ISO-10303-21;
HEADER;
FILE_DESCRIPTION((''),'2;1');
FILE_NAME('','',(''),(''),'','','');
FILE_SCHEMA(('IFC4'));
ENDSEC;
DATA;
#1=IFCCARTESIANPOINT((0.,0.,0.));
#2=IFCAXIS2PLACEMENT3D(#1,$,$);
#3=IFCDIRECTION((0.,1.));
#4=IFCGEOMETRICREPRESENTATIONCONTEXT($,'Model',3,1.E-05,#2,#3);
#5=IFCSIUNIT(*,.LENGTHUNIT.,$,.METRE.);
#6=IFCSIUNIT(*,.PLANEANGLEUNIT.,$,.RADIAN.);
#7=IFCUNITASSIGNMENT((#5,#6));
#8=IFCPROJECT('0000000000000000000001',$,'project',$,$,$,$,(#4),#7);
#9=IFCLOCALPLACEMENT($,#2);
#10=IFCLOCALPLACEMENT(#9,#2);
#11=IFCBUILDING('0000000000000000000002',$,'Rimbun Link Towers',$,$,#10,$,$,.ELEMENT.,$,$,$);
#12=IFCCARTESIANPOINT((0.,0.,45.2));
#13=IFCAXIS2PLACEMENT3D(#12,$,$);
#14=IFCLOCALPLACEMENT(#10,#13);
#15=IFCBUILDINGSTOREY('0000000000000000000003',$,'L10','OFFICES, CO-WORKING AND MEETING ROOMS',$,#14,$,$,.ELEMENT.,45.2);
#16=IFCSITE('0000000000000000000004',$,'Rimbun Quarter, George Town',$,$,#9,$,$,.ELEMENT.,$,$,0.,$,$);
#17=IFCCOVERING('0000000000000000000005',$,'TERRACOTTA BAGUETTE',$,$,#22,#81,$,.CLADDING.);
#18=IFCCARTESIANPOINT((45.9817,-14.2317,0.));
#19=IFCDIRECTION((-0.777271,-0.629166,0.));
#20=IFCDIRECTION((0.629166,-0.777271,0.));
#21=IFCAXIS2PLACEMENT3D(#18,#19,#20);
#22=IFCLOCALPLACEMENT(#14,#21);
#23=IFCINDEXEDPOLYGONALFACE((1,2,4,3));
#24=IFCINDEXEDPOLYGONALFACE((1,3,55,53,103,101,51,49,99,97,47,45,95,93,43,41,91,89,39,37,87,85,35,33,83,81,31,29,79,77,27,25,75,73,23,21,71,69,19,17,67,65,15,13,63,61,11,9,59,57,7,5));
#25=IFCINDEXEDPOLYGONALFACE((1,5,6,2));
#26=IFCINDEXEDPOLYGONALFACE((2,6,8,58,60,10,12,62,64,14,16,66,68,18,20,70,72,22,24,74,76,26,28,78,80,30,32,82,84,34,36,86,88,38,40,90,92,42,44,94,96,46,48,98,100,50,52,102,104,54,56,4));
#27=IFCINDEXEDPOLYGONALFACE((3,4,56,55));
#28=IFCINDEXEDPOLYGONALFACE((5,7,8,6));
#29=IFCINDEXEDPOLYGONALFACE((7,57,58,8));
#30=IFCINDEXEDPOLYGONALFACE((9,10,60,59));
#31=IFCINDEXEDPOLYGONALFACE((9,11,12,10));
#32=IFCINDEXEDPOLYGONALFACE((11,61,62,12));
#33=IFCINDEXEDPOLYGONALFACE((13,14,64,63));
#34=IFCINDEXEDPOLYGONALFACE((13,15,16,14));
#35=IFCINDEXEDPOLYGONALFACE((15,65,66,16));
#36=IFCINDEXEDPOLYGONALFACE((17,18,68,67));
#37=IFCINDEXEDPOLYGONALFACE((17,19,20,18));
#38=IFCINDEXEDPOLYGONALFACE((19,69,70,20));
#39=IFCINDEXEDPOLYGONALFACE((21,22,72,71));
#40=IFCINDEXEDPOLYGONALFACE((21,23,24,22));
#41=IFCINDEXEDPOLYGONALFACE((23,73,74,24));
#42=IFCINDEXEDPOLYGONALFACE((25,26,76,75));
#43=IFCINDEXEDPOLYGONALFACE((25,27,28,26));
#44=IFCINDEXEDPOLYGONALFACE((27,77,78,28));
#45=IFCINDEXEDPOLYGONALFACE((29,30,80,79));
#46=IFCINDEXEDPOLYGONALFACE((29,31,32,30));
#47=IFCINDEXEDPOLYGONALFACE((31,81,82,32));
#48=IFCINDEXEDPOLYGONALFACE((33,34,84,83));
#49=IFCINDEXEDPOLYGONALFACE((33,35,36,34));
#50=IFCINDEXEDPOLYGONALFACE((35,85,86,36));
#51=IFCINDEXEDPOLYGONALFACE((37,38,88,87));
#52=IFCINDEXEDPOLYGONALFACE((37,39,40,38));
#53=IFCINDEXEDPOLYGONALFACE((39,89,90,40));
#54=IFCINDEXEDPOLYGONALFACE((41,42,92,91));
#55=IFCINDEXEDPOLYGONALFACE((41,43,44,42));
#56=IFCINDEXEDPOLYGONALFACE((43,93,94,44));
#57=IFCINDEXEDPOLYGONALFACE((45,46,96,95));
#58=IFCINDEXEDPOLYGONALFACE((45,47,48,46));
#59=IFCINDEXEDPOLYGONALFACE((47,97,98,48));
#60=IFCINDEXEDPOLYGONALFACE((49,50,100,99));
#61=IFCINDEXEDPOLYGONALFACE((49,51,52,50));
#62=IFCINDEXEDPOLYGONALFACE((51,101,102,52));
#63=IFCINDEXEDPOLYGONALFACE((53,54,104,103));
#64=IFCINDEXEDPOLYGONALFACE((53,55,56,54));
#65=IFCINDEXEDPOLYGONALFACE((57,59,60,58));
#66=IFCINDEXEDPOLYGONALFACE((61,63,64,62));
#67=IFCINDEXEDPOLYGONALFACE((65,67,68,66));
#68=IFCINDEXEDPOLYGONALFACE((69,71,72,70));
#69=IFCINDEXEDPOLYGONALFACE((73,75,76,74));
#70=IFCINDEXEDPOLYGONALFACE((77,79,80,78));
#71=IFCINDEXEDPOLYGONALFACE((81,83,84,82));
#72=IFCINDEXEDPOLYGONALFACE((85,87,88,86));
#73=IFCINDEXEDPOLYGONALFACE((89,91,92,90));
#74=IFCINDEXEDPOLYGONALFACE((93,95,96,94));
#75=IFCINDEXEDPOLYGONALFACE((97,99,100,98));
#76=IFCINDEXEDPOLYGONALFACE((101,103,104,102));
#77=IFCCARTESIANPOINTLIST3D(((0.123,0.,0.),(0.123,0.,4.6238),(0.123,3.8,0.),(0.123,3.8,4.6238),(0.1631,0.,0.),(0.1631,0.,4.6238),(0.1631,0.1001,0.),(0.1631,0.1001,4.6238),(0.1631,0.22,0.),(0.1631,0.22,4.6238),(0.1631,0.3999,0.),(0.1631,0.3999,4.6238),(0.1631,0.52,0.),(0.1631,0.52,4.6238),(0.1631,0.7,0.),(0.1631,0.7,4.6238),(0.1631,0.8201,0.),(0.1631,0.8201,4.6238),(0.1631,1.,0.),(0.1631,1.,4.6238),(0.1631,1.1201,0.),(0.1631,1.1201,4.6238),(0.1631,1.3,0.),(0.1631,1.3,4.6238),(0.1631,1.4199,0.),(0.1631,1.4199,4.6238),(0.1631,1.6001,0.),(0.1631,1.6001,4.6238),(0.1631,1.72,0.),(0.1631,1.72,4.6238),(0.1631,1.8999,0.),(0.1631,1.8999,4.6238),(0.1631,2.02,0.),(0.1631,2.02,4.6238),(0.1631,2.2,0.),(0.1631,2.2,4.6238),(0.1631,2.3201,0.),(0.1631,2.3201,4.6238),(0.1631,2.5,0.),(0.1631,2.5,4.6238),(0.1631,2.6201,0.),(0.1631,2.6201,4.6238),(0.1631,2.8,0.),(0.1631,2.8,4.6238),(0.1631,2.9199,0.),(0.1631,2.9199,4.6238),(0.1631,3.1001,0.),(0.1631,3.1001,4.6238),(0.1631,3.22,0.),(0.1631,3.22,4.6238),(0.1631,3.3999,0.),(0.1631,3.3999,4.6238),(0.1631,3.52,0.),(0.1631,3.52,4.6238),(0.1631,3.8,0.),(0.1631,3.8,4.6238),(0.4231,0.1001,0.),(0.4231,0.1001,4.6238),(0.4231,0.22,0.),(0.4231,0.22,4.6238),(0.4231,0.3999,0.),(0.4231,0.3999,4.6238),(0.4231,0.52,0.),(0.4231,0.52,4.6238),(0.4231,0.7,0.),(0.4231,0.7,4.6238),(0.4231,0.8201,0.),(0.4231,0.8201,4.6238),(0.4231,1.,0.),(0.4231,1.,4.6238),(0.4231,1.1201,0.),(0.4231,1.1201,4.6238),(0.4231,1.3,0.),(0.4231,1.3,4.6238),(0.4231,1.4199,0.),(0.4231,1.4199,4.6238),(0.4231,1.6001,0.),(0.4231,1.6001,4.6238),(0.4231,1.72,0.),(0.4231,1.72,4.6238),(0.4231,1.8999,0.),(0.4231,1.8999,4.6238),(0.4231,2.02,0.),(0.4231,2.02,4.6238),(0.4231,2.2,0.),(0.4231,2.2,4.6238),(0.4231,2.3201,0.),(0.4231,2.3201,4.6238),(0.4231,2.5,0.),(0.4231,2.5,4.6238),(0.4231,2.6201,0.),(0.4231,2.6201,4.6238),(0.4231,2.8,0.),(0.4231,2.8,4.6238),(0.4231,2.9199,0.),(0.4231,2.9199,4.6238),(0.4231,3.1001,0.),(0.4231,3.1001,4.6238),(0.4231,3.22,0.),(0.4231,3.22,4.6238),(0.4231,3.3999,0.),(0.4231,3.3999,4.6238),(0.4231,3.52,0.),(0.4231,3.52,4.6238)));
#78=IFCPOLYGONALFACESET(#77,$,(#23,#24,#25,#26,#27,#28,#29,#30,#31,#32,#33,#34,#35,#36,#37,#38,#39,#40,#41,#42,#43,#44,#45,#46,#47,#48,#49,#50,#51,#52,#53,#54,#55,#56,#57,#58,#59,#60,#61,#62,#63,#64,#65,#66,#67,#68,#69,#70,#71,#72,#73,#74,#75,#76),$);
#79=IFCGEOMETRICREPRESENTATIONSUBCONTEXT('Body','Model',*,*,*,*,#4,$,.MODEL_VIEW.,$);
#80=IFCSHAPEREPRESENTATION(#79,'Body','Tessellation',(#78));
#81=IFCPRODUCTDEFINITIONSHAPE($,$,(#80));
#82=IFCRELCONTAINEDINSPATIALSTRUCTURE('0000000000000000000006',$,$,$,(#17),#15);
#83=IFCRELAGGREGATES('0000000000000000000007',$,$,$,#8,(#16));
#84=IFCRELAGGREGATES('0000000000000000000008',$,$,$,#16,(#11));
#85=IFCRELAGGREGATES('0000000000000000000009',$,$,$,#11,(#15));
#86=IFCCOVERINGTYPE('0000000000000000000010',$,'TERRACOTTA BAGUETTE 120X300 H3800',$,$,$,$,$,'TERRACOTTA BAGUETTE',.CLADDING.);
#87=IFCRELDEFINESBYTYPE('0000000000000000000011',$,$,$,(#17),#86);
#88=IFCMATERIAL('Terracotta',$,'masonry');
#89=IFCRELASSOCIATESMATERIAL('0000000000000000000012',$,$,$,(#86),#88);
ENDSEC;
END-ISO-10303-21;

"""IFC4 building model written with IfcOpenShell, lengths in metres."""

from ifc_helpers import new_model, si_unit, direction, frame, origin, place, context, subcontext, project, spatial, polyline, outline, extrude, material, material_profile, profile_set, type_object, element, save


model = new_model("IFC4")

# Units and contexts
model_context = context("Model", 3, precision=1e-05, world=origin(), true_north=direction((0.0, 1.0)))
body_context = subcontext(model_context, "Body", "Model", "MODEL_VIEW")
ifc_project = project(units=[si_unit("LENGTHUNIT", "METRE"), si_unit("PLANEANGLEUNIT", "RADIAN")], contexts=[model_context])

# Site, building, storey
site_placement = place(None, origin())
site = spatial("IfcSite", under=ifc_project, at=site_placement, Name="Rimbun Quarter, George Town", CompositionType="ELEMENT", RefElevation=0.0)
building_placement = place(site_placement, origin())
building = spatial("IfcBuilding", under=site, at=building_placement, Name="Rimbun Link Towers", CompositionType="ELEMENT")
storey_placement = place(building_placement, frame((0.0, 0.0, 45.2)))
storey = spatial("IfcBuildingStorey", under=building, at=storey_placement, Name="L10", Description="OFFICES, CO-WORKING AND MEETING ROOMS", CompositionType="ELEMENT", Elevation=45.2)

# Covering
ifc_material_1 = material(Name="Terracotta", Category="masonry")
ifc_material_profile_1 = material_profile(ifc_material_1, outline(polyline([(0.123, 0.0), (0.1631, 0.0), (0.1631, 0.1001), (0.4231, 0.1001), (0.4231, 0.22), (0.1631, 0.22), (0.1631, 0.3999), (0.4231, 0.3999), (0.4231, 0.52), (0.1631, 0.52), (0.1631, 0.7), (0.4231, 0.7), (0.4231, 0.8201), (0.1631, 0.8201), (0.1631, 1.0), (0.4231, 1.0), (0.4231, 1.1201), (0.1631, 1.1201), (0.1631, 1.3), (0.4231, 1.3), (0.4231, 1.4199), (0.1631, 1.4199), (0.1631, 1.6001), (0.4231, 1.6001), (0.4231, 1.72), (0.1631, 1.72), (0.1631, 1.8999), (0.4231, 1.8999), (0.4231, 2.02), (0.1631, 2.02), (0.1631, 2.2), (0.4231, 2.2), (0.4231, 2.3201), (0.1631, 2.3201), (0.1631, 2.5), (0.4231, 2.5), (0.4231, 2.6201), (0.1631, 2.6201), (0.1631, 2.8), (0.4231, 2.8), (0.4231, 2.9199), (0.1631, 2.9199), (0.1631, 3.1001), (0.4231, 3.1001), (0.4231, 3.22), (0.1631, 3.22), (0.1631, 3.3999), (0.4231, 3.3999), (0.4231, 3.52), (0.1631, 3.52), (0.1631, 3.8), (0.123, 3.8), (0.123, 0.0)])), Name="BAGUETTE 120X300")
ifc_profile_set_1 = profile_set([ifc_material_profile_1], Name="Terracotta")
covering_type = type_object("IfcCoveringType", Name="TERRACOTTA BAGUETTE 120X300 H3800", ElementType="TERRACOTTA BAGUETTE", PredefinedType="CLADDING", material=ifc_profile_set_1)
covering_1_placement = place(storey_placement, frame((45.9817, -14.2317, 0.0), z_axis=(-0.777271, -0.629166, 0.0), x_axis=(0.629166, -0.777271, 0.0)))
element("IfcCovering", 1, at=covering_1_placement, inside=storey, type_object=covering_type, Name="TERRACOTTA BAGUETTE", PredefinedType="CLADDING", context=body_context, shape_type="SweptSolid", body=[
    extrude(outline(polyline([(0.123, 0.0), (0.1631, 0.0), (0.1631, 0.1001), (0.4231, 0.1001), (0.4231, 0.22), (0.1631, 0.22), (0.1631, 0.3999), (0.4231, 0.3999), (0.4231, 0.52), (0.1631, 0.52), (0.1631, 0.7), (0.4231, 0.7), (0.4231, 0.8201), (0.1631, 0.8201), (0.1631, 1.0), (0.4231, 1.0), (0.4231, 1.1201), (0.1631, 1.1201), (0.1631, 1.3), (0.4231, 1.3), (0.4231, 1.4199), (0.1631, 1.4199), (0.1631, 1.6001), (0.4231, 1.6001), (0.4231, 1.72), (0.1631, 1.72), (0.1631, 1.8999), (0.4231, 1.8999), (0.4231, 2.02), (0.1631, 2.02), (0.1631, 2.2), (0.4231, 2.2), (0.4231, 2.3201), (0.1631, 2.3201), (0.1631, 2.5), (0.4231, 2.5), (0.4231, 2.6201), (0.1631, 2.6201), (0.1631, 2.8), (0.4231, 2.8), (0.4231, 2.9199), (0.1631, 2.9199), (0.1631, 3.1001), (0.4231, 3.1001), (0.4231, 3.22), (0.1631, 3.22), (0.1631, 3.3999), (0.4231, 3.3999), (0.4231, 3.52), (0.1631, 3.52), (0.1631, 3.8), (0.123, 3.8), (0.123, 0.0)])), origin(), (0.0, 0.0, 1.0), 4.6238),
])

save(model, "model.ifc")
